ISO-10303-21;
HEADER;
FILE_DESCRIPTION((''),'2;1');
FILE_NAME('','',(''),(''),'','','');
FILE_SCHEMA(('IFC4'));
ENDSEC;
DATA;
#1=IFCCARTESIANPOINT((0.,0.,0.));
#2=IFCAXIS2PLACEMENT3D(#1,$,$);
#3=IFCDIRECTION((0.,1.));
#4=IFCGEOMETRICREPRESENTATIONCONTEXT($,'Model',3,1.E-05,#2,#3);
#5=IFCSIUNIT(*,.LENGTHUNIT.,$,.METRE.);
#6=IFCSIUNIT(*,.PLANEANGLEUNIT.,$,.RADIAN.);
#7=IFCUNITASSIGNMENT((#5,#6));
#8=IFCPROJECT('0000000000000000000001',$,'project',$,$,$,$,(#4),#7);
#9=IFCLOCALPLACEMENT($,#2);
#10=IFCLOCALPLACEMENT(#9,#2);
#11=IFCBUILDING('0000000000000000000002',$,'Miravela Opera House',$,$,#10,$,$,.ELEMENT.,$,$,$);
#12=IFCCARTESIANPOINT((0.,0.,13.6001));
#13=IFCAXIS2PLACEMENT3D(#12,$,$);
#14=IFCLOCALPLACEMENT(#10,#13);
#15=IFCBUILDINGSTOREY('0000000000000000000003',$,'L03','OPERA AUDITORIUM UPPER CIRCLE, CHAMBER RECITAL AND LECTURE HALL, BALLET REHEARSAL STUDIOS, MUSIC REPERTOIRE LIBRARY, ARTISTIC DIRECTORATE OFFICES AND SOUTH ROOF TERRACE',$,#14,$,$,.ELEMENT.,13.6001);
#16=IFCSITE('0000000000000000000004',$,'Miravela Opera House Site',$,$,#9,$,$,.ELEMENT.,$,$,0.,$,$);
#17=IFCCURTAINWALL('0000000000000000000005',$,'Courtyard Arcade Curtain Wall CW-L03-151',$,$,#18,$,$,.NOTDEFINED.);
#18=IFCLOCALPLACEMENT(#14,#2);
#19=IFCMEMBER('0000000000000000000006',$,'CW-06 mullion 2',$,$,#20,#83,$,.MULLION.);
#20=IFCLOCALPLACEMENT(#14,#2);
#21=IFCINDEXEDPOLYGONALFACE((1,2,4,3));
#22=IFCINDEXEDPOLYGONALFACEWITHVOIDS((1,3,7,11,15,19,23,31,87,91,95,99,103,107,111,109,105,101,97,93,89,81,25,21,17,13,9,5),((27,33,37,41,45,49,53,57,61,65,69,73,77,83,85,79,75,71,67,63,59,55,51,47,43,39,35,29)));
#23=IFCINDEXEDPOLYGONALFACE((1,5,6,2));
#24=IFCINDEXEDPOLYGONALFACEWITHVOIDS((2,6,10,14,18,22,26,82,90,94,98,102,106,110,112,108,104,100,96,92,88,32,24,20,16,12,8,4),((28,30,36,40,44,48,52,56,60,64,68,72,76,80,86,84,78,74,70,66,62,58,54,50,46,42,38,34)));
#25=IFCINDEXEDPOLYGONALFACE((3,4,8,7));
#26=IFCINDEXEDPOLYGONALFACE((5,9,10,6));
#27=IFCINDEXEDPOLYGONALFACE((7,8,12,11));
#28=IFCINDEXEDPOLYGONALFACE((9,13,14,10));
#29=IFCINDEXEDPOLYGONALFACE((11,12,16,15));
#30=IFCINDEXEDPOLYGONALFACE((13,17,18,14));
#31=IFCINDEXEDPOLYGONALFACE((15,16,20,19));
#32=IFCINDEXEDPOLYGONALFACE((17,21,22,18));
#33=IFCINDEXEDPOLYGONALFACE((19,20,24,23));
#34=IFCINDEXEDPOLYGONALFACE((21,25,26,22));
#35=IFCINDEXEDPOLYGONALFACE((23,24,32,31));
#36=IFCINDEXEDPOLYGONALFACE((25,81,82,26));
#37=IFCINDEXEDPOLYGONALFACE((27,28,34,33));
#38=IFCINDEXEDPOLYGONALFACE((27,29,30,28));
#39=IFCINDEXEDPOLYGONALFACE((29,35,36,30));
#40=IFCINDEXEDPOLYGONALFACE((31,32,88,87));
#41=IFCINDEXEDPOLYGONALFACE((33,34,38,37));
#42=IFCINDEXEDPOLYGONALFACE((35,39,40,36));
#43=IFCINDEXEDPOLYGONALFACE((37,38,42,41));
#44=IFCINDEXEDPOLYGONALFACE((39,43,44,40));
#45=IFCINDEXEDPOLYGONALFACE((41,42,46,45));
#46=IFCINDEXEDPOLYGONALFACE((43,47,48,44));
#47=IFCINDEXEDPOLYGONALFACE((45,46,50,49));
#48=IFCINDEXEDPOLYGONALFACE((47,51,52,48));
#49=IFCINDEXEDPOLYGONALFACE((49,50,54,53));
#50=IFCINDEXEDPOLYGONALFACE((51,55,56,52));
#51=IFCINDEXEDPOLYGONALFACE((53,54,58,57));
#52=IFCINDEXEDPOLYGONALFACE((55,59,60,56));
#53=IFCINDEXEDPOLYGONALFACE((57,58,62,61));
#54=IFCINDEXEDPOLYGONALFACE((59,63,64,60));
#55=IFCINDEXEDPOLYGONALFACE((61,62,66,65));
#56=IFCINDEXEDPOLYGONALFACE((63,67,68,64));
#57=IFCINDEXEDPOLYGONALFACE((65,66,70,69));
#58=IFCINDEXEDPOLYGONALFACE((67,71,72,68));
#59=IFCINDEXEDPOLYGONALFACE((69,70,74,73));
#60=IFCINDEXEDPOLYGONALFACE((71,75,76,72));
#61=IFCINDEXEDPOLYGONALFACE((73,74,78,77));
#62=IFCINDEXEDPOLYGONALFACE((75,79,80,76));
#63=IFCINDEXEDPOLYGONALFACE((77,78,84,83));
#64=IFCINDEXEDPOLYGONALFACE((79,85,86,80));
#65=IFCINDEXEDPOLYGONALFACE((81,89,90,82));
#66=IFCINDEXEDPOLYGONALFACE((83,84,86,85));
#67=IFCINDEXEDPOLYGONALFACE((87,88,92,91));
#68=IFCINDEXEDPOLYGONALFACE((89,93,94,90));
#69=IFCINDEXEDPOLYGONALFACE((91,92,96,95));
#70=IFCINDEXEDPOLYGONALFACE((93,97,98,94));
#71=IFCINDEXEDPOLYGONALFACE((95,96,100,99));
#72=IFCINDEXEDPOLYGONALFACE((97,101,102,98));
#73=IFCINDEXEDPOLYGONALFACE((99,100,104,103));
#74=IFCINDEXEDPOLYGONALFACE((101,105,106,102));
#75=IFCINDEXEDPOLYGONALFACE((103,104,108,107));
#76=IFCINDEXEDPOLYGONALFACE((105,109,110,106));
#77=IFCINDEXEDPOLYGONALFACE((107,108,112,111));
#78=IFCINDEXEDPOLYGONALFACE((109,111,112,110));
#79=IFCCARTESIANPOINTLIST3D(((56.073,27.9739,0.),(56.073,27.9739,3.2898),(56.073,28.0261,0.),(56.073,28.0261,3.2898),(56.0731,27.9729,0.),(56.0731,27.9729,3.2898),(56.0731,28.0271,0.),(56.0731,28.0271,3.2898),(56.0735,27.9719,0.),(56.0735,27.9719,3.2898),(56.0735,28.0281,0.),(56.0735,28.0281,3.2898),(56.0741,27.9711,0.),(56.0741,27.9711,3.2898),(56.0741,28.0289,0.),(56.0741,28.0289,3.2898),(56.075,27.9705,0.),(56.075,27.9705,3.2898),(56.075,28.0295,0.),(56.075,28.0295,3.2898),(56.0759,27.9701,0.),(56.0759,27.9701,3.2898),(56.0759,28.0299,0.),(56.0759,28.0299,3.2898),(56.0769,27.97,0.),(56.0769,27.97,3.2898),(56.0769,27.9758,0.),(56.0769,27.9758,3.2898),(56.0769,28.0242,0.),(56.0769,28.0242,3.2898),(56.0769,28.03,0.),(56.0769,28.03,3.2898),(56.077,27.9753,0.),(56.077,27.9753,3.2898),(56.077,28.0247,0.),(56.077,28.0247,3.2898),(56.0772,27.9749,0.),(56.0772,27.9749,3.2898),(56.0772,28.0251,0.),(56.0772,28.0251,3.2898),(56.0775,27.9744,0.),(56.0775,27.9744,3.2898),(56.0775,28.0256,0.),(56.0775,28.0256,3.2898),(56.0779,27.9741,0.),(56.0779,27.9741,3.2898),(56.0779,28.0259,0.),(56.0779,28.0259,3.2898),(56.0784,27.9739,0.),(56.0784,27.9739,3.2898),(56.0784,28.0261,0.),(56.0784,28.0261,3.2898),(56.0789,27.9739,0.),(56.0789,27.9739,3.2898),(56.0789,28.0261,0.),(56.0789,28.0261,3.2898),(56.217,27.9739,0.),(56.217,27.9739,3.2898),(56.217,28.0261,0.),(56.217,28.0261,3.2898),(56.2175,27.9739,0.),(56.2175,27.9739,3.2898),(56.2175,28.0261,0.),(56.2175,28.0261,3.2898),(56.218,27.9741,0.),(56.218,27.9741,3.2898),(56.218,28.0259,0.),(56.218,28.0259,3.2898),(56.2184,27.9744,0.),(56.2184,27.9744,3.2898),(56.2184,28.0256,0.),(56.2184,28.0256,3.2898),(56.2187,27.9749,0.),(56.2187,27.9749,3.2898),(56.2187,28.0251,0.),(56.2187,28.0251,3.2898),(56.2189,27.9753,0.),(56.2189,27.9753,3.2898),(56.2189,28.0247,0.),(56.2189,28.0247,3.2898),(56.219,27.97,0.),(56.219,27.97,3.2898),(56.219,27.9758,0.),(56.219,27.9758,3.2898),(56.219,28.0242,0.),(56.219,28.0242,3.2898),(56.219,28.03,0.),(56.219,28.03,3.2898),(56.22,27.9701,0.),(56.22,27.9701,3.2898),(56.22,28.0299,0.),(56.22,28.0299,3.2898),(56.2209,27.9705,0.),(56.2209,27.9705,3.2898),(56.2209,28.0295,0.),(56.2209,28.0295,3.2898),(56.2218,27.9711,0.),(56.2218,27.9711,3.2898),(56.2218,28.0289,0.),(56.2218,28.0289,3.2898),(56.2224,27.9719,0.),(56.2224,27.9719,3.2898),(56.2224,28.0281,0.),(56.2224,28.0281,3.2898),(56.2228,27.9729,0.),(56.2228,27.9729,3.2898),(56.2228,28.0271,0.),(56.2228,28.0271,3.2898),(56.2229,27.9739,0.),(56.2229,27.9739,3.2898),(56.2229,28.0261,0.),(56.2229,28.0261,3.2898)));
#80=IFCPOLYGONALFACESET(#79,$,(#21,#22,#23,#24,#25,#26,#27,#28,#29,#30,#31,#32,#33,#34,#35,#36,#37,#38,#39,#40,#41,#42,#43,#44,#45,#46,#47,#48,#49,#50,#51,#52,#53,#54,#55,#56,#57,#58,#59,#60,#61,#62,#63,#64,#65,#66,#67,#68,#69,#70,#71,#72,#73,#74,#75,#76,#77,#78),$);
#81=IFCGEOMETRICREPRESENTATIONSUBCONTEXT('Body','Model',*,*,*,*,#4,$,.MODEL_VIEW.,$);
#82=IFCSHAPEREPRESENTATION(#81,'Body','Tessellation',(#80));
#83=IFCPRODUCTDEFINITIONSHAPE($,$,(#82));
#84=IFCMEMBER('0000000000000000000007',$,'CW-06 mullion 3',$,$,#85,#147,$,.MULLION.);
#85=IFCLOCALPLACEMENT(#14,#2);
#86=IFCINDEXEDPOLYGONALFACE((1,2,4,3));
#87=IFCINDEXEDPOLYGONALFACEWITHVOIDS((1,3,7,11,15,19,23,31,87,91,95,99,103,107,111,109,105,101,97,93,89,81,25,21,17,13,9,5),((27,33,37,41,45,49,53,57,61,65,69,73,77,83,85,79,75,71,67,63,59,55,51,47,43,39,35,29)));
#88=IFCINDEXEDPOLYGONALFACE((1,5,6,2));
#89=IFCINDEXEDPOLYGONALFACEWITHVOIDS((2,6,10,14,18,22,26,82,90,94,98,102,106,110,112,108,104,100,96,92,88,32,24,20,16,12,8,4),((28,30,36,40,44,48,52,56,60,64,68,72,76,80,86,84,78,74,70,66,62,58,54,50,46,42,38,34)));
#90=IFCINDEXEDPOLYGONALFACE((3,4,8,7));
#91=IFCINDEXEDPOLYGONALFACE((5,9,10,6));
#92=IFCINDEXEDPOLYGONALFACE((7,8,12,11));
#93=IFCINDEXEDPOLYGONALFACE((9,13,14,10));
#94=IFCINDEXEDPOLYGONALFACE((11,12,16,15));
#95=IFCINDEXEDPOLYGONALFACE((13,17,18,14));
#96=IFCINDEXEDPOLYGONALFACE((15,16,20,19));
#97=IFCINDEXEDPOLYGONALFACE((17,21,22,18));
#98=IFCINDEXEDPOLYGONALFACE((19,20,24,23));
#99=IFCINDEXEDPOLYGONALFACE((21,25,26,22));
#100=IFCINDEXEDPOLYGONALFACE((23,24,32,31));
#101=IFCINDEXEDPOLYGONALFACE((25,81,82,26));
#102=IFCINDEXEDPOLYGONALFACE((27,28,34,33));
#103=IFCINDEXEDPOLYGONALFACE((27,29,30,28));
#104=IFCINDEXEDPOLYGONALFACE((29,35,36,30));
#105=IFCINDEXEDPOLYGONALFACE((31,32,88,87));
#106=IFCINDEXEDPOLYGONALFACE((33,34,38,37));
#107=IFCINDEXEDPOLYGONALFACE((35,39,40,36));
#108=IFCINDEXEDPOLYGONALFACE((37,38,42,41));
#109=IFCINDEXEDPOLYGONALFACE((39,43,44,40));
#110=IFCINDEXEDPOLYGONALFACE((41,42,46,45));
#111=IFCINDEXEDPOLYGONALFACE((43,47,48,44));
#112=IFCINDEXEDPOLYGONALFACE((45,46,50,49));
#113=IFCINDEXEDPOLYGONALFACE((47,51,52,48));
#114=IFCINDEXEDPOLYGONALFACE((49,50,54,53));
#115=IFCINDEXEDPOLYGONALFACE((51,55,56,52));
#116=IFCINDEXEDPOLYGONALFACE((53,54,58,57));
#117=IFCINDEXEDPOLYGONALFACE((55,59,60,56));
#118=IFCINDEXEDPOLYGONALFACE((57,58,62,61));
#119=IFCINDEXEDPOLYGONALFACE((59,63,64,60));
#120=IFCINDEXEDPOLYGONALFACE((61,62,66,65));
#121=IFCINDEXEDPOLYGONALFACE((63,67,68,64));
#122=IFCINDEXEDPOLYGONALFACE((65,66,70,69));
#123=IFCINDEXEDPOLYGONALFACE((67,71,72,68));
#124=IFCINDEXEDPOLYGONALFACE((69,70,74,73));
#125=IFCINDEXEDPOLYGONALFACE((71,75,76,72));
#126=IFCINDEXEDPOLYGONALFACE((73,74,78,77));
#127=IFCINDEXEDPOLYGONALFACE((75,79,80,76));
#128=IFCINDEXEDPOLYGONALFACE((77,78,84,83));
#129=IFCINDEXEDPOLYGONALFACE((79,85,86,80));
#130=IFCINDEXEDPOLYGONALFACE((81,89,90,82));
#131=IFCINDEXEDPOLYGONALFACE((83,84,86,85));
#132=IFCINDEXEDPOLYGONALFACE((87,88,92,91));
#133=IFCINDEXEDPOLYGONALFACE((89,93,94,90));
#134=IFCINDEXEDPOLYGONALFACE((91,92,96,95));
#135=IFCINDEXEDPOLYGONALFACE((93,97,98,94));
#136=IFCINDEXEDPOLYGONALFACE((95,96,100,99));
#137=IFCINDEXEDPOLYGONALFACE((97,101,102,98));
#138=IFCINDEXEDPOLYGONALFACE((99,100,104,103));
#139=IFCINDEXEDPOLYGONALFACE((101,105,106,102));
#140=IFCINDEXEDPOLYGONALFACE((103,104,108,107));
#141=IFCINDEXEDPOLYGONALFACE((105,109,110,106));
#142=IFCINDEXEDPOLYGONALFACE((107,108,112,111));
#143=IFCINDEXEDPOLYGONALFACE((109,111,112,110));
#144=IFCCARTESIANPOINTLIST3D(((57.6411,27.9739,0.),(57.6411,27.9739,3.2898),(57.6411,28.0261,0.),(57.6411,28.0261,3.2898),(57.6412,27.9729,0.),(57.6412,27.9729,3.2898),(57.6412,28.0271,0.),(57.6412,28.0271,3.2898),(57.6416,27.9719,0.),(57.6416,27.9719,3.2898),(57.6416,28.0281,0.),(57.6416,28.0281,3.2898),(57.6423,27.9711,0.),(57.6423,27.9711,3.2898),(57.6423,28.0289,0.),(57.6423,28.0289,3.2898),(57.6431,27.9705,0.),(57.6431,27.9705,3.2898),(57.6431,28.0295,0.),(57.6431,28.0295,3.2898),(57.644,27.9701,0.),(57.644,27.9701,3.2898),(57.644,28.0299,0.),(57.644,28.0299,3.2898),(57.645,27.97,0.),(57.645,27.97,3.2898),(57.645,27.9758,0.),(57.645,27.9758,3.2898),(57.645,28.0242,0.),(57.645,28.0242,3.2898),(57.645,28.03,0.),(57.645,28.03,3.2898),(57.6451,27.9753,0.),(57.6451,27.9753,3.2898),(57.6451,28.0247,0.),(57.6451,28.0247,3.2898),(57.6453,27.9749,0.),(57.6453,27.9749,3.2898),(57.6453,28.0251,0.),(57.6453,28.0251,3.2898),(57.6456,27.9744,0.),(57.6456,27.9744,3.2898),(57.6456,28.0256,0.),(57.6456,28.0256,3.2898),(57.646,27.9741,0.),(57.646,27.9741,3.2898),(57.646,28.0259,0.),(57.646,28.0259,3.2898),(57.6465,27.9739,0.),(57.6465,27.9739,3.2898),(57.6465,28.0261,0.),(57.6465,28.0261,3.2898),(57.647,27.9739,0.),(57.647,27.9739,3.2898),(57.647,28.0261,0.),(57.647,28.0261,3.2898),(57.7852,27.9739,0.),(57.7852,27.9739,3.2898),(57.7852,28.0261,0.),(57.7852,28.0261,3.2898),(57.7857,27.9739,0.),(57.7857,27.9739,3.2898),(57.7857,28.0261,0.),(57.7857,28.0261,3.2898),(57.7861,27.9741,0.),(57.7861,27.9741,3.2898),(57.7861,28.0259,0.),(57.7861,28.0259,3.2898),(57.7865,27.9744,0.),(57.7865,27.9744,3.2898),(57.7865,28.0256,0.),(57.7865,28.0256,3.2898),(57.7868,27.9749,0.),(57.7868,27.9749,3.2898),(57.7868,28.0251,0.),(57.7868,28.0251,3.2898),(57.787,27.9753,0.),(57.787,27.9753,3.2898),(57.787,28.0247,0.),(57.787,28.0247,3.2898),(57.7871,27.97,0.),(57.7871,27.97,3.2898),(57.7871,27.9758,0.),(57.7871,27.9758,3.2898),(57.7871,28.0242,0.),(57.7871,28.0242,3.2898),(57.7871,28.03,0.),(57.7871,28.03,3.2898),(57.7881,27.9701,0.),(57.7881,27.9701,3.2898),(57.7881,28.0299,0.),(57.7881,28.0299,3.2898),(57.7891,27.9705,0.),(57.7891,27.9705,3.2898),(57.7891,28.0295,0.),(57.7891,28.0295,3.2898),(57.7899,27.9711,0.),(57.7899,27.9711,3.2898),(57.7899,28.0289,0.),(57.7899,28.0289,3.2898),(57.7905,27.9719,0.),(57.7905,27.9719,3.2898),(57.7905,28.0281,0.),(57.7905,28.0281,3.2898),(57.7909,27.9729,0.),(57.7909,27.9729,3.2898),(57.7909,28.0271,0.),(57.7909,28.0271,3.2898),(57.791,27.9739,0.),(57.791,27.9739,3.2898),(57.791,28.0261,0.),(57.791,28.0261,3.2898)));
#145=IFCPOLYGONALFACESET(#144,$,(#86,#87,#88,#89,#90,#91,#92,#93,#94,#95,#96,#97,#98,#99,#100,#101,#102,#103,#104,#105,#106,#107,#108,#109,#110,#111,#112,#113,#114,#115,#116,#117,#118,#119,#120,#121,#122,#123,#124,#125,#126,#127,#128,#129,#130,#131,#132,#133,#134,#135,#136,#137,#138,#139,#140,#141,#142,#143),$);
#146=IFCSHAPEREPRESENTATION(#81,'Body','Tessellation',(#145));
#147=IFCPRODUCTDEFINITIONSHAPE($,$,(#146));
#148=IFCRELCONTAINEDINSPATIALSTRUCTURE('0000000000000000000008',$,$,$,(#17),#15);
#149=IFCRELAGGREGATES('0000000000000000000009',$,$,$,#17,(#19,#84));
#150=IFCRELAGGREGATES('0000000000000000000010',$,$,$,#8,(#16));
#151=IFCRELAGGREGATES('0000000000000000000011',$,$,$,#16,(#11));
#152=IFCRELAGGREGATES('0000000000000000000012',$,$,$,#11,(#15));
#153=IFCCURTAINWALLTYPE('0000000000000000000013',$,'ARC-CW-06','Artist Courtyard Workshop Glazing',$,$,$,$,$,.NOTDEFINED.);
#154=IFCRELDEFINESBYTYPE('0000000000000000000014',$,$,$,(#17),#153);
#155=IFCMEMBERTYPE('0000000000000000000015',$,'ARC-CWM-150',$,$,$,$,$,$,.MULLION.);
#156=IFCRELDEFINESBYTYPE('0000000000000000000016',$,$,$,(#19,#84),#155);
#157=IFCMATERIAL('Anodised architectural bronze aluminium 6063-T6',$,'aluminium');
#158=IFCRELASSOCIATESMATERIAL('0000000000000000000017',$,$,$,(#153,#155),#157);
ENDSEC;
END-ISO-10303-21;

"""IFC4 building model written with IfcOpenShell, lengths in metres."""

from ifc_helpers import new_model, si_unit, direction, frame, origin, origin_2d, place, context, subcontext, project, spatial, hollow_rectangle, extrude, material, material_profile, profile_set, type_object, element, aggregate, save


model = new_model("IFC4")

# Units and contexts
model_context = context("Model", 3, precision=1e-05, world=origin(), true_north=direction((0.0, 1.0)))
body_context = subcontext(model_context, "Body", "Model", "MODEL_VIEW")
ifc_project = project(units=[si_unit("LENGTHUNIT", "METRE"), si_unit("PLANEANGLEUNIT", "RADIAN")], contexts=[model_context])

# Site, building, storey
site_placement = place(None, origin())
site = spatial("IfcSite", under=ifc_project, at=site_placement, Name="Miravela Opera House Site", CompositionType="ELEMENT", RefElevation=0.0)
building_placement = place(site_placement, origin())
building = spatial("IfcBuilding", under=site, at=building_placement, Name="Miravela Opera House", CompositionType="ELEMENT")
storey_placement = place(building_placement, frame((0.0, 0.0, 13.6001)))
storey = spatial("IfcBuildingStorey", under=building, at=storey_placement, Name="L03", Description="OPERA AUDITORIUM UPPER CIRCLE, CHAMBER RECITAL AND LECTURE HALL, BALLET REHEARSAL STUDIOS, MUSIC REPERTOIRE LIBRARY, ARTISTIC DIRECTORATE OFFICES AND SOUTH ROOF TERRACE", CompositionType="ELEMENT", Elevation=13.6001)

# Shared definitions
ifc_material_1 = material(Name="Anodised architectural bronze aluminium 6063-T6", Category="aluminium")
curtain_wall_type = type_object("IfcCurtainWallType", Name="ARC-CW-06", Description="Artist Courtyard Workshop Glazing", PredefinedType="NOTDEFINED", material=ifc_material_1)
ifc_material_profile_1 = material_profile(ifc_material_1, hollow_rectangle(XDim=0.0601, YDim=0.1499, WallThickness=0.0039, InnerFilletRadius=0.002, OuterFilletRadius=0.0039, at=origin_2d()), Name="CWM-60X150")
ifc_profile_set_1 = profile_set([ifc_material_profile_1])
member_type_1 = type_object("IfcMemberType", Name="ARC-CWM-150", PredefinedType="MULLION", material=ifc_profile_set_1)

# Curtain wall, members
curtain_wall_1_placement = place(storey_placement, origin())
curtain_wall_1 = element("IfcCurtainWall", 1, at=curtain_wall_1_placement, inside=storey, type_object=curtain_wall_type, Name="Courtyard Arcade Curtain Wall CW-L03-151", PredefinedType="NOTDEFINED")
member_1_placement = place(storey_placement, frame((56.1479, 28.0, 0.0), z_axis=(0.0, 0.0, 1.0), x_axis=(0.0, 1.0, 0.0)))
member_1 = element("IfcMember", 2, at=member_1_placement, type_object=member_type_1, Name="CW-06 mullion 2", PredefinedType="MULLION", context=body_context, shape_type="SweptSolid", body=[
    extrude(hollow_rectangle(XDim=0.0601, YDim=0.1499, WallThickness=0.0039, InnerFilletRadius=0.002, OuterFilletRadius=0.0039, at=origin_2d()), origin(), (0.0, 0.0, 1.0), 3.2898),
])
member_2_placement = place(storey_placement, frame((57.7161, 28.0, 0.0), z_axis=(0.0, 0.0, 1.0), x_axis=(0.0, 1.0, 0.0)))
member_2 = element("IfcMember", 3, at=member_2_placement, type_object=member_type_1, Name="CW-06 mullion 3", PredefinedType="MULLION", context=body_context, shape_type="SweptSolid", body=[
    extrude(hollow_rectangle(XDim=0.0601, YDim=0.1499, WallThickness=0.0039, InnerFilletRadius=0.002, OuterFilletRadius=0.0039, at=origin_2d()), origin(), (0.0, 0.0, 1.0), 3.2898),
])

aggregate(curtain_wall_1, [member_1, member_2])

save(model, "model.ifc")
